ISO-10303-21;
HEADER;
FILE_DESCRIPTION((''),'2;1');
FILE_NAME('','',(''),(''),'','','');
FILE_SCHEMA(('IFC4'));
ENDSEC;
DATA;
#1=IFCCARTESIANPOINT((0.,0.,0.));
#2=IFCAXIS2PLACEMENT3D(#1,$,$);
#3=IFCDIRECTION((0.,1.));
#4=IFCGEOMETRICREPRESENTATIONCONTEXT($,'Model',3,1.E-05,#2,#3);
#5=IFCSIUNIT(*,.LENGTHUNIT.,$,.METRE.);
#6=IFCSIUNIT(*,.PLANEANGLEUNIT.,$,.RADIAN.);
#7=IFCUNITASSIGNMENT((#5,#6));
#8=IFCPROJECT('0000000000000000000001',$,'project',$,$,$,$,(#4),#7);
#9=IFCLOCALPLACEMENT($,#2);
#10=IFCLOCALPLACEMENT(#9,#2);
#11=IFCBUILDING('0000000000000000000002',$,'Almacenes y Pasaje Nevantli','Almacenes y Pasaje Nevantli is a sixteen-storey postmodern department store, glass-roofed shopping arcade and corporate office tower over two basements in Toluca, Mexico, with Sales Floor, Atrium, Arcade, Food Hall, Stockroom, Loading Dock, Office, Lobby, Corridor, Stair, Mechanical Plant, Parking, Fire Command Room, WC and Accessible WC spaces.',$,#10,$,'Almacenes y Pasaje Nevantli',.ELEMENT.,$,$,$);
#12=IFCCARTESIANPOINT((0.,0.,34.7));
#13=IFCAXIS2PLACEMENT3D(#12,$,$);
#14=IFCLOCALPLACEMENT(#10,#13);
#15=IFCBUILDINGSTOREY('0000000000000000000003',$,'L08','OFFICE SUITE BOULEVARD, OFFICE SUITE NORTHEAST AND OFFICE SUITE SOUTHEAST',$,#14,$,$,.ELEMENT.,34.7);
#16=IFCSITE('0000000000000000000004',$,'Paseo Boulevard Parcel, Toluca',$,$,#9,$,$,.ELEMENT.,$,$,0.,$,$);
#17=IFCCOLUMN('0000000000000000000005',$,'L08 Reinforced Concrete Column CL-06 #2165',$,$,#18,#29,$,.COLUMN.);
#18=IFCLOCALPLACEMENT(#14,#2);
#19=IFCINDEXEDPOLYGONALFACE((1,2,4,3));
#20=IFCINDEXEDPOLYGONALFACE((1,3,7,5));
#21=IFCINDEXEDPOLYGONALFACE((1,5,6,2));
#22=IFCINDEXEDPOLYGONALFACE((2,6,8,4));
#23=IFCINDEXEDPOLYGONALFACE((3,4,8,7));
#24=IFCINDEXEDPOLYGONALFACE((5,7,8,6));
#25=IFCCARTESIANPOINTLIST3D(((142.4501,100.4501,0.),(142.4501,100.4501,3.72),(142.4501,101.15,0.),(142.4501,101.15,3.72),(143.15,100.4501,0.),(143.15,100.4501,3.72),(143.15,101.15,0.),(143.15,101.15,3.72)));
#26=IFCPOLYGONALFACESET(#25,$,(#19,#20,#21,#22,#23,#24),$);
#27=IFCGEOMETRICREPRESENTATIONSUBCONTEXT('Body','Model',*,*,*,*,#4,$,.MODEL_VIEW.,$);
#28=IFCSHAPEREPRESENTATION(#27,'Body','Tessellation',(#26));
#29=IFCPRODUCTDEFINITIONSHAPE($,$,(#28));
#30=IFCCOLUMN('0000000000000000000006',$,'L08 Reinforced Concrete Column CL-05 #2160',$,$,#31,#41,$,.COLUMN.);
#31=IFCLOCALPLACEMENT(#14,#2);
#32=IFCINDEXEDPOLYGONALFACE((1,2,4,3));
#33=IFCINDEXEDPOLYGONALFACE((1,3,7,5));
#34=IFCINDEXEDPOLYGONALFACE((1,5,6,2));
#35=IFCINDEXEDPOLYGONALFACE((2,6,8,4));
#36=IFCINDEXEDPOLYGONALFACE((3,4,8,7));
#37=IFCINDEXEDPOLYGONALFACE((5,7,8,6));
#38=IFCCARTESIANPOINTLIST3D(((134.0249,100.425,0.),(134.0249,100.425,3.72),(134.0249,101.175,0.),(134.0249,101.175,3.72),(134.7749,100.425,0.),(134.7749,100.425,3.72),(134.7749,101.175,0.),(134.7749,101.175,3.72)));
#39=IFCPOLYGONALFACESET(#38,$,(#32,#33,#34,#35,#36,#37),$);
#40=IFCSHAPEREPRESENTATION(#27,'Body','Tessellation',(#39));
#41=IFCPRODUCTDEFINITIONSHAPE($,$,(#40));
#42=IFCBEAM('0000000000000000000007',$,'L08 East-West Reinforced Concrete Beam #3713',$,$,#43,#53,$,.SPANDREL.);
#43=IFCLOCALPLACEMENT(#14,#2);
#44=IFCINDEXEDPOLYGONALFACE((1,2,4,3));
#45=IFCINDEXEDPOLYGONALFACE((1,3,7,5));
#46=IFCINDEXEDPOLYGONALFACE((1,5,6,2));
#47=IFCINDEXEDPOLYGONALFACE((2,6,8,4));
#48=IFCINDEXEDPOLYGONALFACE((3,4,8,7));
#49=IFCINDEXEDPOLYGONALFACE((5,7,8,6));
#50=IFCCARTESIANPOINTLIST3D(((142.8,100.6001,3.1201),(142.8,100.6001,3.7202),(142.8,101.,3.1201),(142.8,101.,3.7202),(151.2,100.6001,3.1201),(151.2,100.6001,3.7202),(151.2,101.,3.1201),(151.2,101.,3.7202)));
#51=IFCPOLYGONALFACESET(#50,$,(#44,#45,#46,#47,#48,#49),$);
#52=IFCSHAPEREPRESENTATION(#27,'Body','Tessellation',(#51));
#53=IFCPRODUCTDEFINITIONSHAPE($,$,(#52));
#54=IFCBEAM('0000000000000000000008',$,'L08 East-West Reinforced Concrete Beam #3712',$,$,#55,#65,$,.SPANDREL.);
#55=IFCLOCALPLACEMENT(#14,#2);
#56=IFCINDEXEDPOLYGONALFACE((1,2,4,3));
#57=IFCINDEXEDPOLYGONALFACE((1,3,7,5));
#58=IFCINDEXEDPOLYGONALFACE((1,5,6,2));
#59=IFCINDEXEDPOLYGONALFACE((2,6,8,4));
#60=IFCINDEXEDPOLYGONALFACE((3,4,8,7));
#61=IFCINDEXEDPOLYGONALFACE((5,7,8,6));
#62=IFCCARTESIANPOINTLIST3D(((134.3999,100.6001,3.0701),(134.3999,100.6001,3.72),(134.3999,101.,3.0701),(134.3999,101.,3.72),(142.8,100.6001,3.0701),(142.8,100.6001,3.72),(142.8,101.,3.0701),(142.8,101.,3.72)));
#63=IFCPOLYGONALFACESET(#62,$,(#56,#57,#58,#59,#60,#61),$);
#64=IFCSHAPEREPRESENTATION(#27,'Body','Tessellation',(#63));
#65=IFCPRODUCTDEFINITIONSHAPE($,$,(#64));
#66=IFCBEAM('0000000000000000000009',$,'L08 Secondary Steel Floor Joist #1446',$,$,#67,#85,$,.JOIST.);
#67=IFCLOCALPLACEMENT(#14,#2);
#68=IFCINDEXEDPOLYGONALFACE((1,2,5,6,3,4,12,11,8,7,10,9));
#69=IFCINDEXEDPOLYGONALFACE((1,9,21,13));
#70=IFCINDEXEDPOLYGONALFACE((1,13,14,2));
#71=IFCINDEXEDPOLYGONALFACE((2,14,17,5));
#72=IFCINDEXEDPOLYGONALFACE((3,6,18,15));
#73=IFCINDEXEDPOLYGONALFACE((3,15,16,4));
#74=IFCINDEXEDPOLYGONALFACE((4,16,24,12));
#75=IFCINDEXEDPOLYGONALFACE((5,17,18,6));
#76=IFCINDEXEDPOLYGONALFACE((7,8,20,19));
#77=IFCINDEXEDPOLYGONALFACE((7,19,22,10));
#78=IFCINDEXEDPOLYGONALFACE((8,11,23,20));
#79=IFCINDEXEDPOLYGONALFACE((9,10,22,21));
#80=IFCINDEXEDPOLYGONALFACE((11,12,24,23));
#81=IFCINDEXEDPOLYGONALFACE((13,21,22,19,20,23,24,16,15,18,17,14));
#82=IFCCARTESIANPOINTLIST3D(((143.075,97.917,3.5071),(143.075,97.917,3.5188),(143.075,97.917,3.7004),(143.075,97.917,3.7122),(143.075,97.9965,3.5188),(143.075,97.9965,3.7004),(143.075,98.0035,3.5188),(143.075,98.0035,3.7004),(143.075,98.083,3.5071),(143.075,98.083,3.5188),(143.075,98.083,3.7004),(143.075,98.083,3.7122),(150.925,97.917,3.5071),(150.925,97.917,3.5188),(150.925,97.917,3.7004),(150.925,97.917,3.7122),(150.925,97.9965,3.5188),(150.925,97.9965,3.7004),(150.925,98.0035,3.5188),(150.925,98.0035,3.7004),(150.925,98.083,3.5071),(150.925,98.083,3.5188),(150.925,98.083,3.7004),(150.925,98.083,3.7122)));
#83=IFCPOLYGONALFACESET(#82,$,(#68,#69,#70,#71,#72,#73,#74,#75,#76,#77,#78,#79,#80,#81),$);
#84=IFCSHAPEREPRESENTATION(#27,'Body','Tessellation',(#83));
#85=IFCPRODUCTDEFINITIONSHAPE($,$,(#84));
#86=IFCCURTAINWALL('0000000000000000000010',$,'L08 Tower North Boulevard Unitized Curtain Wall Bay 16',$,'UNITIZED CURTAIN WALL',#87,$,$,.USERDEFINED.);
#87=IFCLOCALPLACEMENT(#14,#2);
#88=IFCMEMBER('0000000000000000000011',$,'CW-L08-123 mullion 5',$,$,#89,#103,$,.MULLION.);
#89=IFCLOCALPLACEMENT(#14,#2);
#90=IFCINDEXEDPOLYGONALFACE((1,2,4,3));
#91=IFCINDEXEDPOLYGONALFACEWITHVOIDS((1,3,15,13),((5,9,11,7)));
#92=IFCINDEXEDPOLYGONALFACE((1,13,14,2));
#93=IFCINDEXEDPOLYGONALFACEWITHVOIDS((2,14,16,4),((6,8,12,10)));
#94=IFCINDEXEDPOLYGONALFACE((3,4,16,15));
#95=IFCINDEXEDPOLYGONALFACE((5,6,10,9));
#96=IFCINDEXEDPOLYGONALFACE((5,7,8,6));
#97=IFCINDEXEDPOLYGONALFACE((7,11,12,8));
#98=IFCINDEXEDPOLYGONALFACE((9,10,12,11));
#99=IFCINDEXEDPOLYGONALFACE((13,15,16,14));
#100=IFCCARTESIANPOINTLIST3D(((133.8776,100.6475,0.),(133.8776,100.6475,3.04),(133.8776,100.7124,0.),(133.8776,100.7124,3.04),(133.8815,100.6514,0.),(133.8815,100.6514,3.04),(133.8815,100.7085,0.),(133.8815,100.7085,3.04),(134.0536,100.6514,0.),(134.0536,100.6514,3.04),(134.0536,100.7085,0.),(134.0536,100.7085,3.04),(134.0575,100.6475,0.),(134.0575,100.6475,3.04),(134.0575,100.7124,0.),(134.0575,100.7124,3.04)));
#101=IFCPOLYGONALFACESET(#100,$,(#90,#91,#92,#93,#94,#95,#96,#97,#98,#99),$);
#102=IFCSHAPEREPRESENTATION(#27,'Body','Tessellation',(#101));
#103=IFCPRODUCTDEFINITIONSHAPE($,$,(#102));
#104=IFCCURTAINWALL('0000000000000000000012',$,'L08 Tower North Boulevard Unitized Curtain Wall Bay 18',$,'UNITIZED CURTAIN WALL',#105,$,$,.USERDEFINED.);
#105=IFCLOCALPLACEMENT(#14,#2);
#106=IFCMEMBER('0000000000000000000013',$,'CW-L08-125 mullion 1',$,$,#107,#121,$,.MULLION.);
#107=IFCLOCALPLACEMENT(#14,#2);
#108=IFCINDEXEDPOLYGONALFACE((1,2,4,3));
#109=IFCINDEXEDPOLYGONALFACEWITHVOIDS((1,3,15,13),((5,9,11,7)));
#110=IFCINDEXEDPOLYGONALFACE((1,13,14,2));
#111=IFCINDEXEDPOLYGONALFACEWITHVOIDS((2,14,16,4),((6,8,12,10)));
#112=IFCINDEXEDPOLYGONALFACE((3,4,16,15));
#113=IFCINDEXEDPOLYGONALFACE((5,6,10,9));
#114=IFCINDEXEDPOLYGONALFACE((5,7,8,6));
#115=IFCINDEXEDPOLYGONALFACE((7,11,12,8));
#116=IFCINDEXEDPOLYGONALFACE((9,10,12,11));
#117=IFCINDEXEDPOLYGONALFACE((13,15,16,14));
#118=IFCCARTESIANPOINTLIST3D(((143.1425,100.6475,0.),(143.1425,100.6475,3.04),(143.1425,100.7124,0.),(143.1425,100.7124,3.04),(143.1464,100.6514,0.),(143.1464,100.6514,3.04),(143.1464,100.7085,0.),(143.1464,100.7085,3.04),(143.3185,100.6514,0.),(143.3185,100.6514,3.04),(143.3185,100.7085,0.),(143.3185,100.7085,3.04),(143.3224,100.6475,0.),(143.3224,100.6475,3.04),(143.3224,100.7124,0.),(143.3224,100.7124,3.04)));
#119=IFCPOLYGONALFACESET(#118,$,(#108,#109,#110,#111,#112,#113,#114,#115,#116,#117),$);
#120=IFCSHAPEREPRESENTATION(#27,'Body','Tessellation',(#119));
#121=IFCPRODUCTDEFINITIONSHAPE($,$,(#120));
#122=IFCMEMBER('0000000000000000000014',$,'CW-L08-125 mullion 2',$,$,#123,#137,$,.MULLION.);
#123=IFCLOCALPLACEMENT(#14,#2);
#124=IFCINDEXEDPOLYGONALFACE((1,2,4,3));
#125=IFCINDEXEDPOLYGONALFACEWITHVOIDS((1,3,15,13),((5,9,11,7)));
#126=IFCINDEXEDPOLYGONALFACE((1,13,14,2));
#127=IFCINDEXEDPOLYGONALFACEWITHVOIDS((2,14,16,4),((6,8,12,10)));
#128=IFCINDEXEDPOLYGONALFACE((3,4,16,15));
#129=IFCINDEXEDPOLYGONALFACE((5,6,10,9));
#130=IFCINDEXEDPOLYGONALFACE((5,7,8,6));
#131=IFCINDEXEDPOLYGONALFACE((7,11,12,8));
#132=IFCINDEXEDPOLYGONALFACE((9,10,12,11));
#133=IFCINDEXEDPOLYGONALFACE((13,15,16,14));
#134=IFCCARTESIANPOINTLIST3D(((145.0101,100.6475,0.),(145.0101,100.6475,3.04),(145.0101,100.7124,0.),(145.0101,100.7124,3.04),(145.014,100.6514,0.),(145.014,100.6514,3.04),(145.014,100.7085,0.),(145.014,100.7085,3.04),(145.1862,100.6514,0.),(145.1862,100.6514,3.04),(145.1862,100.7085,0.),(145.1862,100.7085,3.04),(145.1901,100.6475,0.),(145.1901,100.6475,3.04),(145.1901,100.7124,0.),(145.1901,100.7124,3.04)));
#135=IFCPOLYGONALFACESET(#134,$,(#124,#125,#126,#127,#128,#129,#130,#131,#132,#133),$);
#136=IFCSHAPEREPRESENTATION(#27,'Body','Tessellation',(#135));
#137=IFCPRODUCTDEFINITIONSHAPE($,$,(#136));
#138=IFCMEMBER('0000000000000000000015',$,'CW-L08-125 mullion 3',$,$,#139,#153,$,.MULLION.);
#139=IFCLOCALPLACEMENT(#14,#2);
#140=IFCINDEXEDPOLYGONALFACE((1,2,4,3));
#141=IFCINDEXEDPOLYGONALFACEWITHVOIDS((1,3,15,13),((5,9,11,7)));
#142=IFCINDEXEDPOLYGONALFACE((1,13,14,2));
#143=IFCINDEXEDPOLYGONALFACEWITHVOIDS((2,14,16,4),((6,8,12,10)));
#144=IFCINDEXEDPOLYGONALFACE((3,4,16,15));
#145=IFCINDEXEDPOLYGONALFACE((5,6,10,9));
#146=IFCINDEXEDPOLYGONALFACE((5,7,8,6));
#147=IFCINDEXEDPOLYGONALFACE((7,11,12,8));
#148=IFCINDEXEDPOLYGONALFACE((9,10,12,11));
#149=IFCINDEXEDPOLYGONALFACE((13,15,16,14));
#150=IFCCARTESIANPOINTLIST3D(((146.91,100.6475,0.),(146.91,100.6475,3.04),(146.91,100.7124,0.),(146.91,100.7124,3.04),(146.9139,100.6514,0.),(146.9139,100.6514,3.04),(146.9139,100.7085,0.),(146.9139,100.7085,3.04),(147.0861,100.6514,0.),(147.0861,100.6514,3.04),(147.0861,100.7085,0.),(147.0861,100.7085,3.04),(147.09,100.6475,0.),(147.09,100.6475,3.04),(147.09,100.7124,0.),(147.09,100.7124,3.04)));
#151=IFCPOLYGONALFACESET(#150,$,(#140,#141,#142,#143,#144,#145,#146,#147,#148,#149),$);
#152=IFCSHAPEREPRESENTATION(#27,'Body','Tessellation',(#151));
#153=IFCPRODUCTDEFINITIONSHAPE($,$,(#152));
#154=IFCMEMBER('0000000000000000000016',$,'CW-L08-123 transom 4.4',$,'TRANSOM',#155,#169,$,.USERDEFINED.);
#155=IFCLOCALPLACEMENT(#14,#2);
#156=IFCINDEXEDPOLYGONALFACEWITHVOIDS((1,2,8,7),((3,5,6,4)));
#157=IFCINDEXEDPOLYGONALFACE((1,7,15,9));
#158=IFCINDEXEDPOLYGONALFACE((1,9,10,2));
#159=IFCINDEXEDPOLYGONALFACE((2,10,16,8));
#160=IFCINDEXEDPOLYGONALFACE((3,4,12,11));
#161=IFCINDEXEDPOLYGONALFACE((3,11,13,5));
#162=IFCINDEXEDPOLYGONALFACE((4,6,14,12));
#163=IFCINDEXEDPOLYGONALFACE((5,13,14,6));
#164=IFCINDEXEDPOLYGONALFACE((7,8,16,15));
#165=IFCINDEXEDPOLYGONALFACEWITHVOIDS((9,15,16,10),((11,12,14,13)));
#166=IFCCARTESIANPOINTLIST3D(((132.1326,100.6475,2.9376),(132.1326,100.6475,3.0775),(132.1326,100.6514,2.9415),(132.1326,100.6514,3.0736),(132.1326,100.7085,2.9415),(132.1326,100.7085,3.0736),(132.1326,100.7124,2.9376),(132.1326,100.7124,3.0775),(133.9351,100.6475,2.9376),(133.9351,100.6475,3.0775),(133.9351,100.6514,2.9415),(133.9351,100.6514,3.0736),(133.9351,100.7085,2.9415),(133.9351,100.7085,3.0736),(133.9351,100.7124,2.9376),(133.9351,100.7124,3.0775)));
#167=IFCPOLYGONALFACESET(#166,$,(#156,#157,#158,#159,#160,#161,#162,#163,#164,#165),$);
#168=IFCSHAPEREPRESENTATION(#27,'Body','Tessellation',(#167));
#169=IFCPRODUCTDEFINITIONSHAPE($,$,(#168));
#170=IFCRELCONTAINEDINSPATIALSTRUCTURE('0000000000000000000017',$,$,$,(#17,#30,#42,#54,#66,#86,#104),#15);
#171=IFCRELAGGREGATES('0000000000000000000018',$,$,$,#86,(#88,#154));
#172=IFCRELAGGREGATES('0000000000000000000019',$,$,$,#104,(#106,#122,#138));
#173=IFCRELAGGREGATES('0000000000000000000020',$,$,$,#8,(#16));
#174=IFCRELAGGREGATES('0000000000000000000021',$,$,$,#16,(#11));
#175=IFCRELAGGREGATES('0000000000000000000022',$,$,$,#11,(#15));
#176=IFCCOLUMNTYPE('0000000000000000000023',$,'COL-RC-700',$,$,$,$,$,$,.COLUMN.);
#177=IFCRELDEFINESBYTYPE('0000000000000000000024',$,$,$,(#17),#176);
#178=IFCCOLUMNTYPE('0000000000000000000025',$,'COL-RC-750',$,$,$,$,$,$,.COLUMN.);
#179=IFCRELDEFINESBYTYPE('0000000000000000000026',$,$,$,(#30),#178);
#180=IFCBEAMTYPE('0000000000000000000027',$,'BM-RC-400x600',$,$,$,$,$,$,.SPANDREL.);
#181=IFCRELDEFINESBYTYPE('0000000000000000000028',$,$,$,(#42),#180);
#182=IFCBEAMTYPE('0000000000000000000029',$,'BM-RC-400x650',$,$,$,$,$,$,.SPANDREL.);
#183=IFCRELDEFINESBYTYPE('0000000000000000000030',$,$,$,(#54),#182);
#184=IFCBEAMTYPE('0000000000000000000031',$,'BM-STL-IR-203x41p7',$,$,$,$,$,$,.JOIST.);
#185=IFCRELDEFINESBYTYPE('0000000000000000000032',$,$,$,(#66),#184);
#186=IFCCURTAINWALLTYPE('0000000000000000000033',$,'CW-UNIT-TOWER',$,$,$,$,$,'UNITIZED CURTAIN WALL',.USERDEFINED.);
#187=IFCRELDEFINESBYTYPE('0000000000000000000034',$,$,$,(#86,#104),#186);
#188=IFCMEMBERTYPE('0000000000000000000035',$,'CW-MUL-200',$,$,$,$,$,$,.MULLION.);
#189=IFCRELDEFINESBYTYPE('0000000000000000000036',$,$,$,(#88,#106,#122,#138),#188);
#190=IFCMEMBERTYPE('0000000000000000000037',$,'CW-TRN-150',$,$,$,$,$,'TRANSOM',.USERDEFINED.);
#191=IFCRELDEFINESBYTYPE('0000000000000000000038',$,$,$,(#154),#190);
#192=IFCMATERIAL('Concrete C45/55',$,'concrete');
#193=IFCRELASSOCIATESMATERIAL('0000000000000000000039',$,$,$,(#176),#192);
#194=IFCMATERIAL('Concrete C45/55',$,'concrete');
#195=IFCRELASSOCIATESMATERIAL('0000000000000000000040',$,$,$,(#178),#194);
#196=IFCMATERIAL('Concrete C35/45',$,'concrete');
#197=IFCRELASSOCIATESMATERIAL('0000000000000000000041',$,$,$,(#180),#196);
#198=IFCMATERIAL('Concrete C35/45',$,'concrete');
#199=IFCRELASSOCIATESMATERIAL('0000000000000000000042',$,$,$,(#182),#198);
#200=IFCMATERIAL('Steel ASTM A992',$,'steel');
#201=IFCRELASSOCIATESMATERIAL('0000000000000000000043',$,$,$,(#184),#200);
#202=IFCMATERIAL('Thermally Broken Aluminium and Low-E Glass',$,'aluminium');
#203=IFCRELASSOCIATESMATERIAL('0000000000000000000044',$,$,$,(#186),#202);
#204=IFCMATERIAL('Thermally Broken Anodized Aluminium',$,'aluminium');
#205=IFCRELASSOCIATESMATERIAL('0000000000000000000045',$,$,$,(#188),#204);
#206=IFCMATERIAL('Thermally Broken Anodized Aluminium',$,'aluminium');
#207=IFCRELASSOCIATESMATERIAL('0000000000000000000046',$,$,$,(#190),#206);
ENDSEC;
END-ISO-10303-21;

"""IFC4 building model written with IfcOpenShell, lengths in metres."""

from ifc_helpers import new_model, si_unit, direction, frame, origin, origin_2d, place, context, subcontext, project, spatial, rectangle, hollow_rectangle, i_section, extrude, material, material_profile, profile_set, type_object, element, aggregate, save


model = new_model("IFC4")

# Units and contexts
model_context = context("Model", 3, precision=1e-05, world=origin(), true_north=direction((0.0, 1.0)))
body_context = subcontext(model_context, "Body", "Model", "MODEL_VIEW")
ifc_project = project(units=[si_unit("LENGTHUNIT", "METRE"), si_unit("PLANEANGLEUNIT", "RADIAN")], contexts=[model_context])

# Site, building, storey
site_placement = place(None, origin())
site = spatial("IfcSite", under=ifc_project, at=site_placement, Name="Paseo Boulevard Parcel, Toluca", CompositionType="ELEMENT", RefElevation=0.0)
building_placement = place(site_placement, origin())
building = spatial("IfcBuilding", under=site, at=building_placement, Name="Almacenes y Pasaje Nevantli", Description="Almacenes y Pasaje Nevantli is a sixteen-storey postmodern department store, glass-roofed shopping arcade and corporate office tower over two basements in Toluca, Mexico, with Sales Floor, Atrium, Arcade, Food Hall, Stockroom, Loading Dock, Office, Lobby, Corridor, Stair, Mechanical Plant, Parking, Fire Command Room, WC and Accessible WC spaces.", LongName="Almacenes y Pasaje Nevantli", CompositionType="ELEMENT")
storey_placement = place(building_placement, frame((0.0, 0.0, 34.7)))
storey = spatial("IfcBuildingStorey", under=building, at=storey_placement, Name="L08", Description="OFFICE SUITE BOULEVARD, OFFICE SUITE NORTHEAST AND OFFICE SUITE SOUTHEAST", CompositionType="ELEMENT", Elevation=34.7)

# Columns
ifc_material_1 = material(Name="Concrete C45/55", Category="concrete")
ifc_material_profile_1 = material_profile(ifc_material_1, rectangle(XDim=0.7, YDim=0.7, at=origin_2d()), Name="RC-COL-700x700")
ifc_profile_set_1 = profile_set([ifc_material_profile_1], Name="Concrete C45/55")
column_type_1 = type_object("IfcColumnType", Name="COL-RC-700", PredefinedType="COLUMN", material=ifc_profile_set_1)
column_1_placement = place(storey_placement, frame((142.8, 100.8, 0.0), z_axis=(0.0, 0.0, 1.0), x_axis=(1.0, 0.0, 0.0)))
element("IfcColumn", 1, at=column_1_placement, inside=storey, type_object=column_type_1, Name="L08 Reinforced Concrete Column CL-06 #2165", PredefinedType="COLUMN", context=body_context, shape_type="SweptSolid", body=[
    extrude(rectangle(XDim=0.7, YDim=0.7, at=origin_2d()), origin(), (0.0, 0.0, 1.0), 3.72),
])
ifc_material_2 = material(Name="Concrete C45/55", Category="concrete")
ifc_material_profile_2 = material_profile(ifc_material_2, rectangle(XDim=0.75, YDim=0.75, at=origin_2d()), Name="RC-COL-750x750")
ifc_profile_set_2 = profile_set([ifc_material_profile_2], Name="Concrete C45/55")
column_type_2 = type_object("IfcColumnType", Name="COL-RC-750", PredefinedType="COLUMN", material=ifc_profile_set_2)
column_2_placement = place(storey_placement, frame((134.3999, 100.8, 0.0), z_axis=(0.0, 0.0, 1.0), x_axis=(1.0, 0.0, 0.0)))
element("IfcColumn", 2, at=column_2_placement, inside=storey, type_object=column_type_2, Name="L08 Reinforced Concrete Column CL-05 #2160", PredefinedType="COLUMN", context=body_context, shape_type="SweptSolid", body=[
    extrude(rectangle(XDim=0.75, YDim=0.75, at=origin_2d()), origin(), (0.0, 0.0, 1.0), 3.72),
])

# Beams
ifc_material_3 = material(Name="Concrete C35/45", Category="concrete")
ifc_material_profile_3 = material_profile(ifc_material_3, rectangle(XDim=0.3999, YDim=0.6001, at=origin_2d()), Name="RC-BM-400x600")
ifc_profile_set_3 = profile_set([ifc_material_profile_3], Name="Concrete C35/45")
beam_type_1 = type_object("IfcBeamType", Name="BM-RC-400x600", PredefinedType="SPANDREL", material=ifc_profile_set_3)
beam_1_placement = place(storey_placement, frame((142.8, 100.8, 3.4202), z_axis=(1.0, 0.0, 0.0), x_axis=(0.0, 1.0, 0.0)))
element("IfcBeam", 3, at=beam_1_placement, inside=storey, type_object=beam_type_1, Name="L08 East-West Reinforced Concrete Beam #3713", PredefinedType="SPANDREL", context=body_context, shape_type="SweptSolid", body=[
    extrude(rectangle(XDim=0.3999, YDim=0.6001, at=origin_2d()), origin(), (0.0, 0.0, 1.0), 8.3999),
])
ifc_material_4 = material(Name="Concrete C35/45", Category="concrete")
ifc_material_profile_4 = material_profile(ifc_material_4, rectangle(XDim=0.3999, YDim=0.6499, at=origin_2d()), Name="RC-BM-400x650")
ifc_profile_set_4 = profile_set([ifc_material_profile_4], Name="Concrete C35/45")
beam_type_2 = type_object("IfcBeamType", Name="BM-RC-400x650", PredefinedType="SPANDREL", material=ifc_profile_set_4)
beam_2_placement = place(storey_placement, frame((134.3999, 100.8, 3.395), z_axis=(1.0, 0.0, 0.0), x_axis=(0.0, 1.0, 0.0)))
element("IfcBeam", 4, at=beam_2_placement, inside=storey, type_object=beam_type_2, Name="L08 East-West Reinforced Concrete Beam #3712", PredefinedType="SPANDREL", context=body_context, shape_type="SweptSolid", body=[
    extrude(rectangle(XDim=0.3999, YDim=0.6499, at=origin_2d()), origin(), (0.0, 0.0, 1.0), 8.4001),
])
ifc_material_5 = material(Name="Steel ASTM A992", Category="steel")
ifc_material_profile_5 = material_profile(ifc_material_5, i_section(OverallWidth=0.166, OverallDepth=0.2051, WebThickness=0.0071, FlangeThickness=0.0117, at=origin_2d()), Name="IR 203x41.7")
ifc_profile_set_5 = profile_set([ifc_material_profile_5], Name="Steel ASTM A992")
beam_type_3 = type_object("IfcBeamType", Name="BM-STL-IR-203x41p7", PredefinedType="JOIST", material=ifc_profile_set_5)
beam_3_placement = place(storey_placement, frame((143.075, 98.0, 3.6096), z_axis=(1.0, 0.0, 0.0), x_axis=(0.0, 1.0, 0.0)))
element("IfcBeam", 5, at=beam_3_placement, inside=storey, type_object=beam_type_3, Name="L08 Secondary Steel Floor Joist #1446", PredefinedType="JOIST", context=body_context, shape_type="SweptSolid", body=[
    extrude(i_section(OverallWidth=0.166, OverallDepth=0.2051, WebThickness=0.0071, FlangeThickness=0.0117, at=origin_2d()), origin(), (0.0, 0.0, 1.0), 7.8501),
])

# Curtain wall, member
ifc_material_6 = material(Name="Thermally Broken Aluminium and Low-E Glass", Category="aluminium")
curtain_wall_type = type_object("IfcCurtainWallType", Name="CW-UNIT-TOWER", ElementType="UNITIZED CURTAIN WALL", PredefinedType="USERDEFINED", material=ifc_material_6)
curtain_wall_1_placement = place(storey_placement, origin())
curtain_wall_1 = element("IfcCurtainWall", 6, at=curtain_wall_1_placement, inside=storey, type_object=curtain_wall_type, Name="L08 Tower North Boulevard Unitized Curtain Wall Bay 16", ObjectType="UNITIZED CURTAIN WALL", PredefinedType="USERDEFINED")
ifc_material_7 = material(Name="Thermally Broken Anodized Aluminium", Category="aluminium")
ifc_material_profile_6 = material_profile(ifc_material_7, hollow_rectangle(XDim=0.0649, YDim=0.1799, WallThickness=0.0039, at=origin_2d()), Name="ALU-MUL-65x180")
ifc_profile_set_6 = profile_set([ifc_material_profile_6], Name="Thermally Broken Anodized Aluminium")
member_type_1 = type_object("IfcMemberType", Name="CW-MUL-200", PredefinedType="MULLION", material=ifc_profile_set_6)
member_1_placement = place(storey_placement, frame((133.9675, 100.6799, 0.0), z_axis=(0.0, 0.0, 1.0), x_axis=(0.0, 1.0, 0.0)))
member_1 = element("IfcMember", 7, at=member_1_placement, type_object=member_type_1, Name="CW-L08-123 mullion 5", PredefinedType="MULLION", context=body_context, shape_type="SweptSolid", body=[
    extrude(hollow_rectangle(XDim=0.0649, YDim=0.1799, WallThickness=0.0039, at=origin_2d()), origin(), (0.0, 0.0, 1.0), 3.04),
])

# Curtain wall, members
curtain_wall_2_placement = place(storey_placement, origin())
curtain_wall_2 = element("IfcCurtainWall", 8, at=curtain_wall_2_placement, inside=storey, type_object=curtain_wall_type, Name="L08 Tower North Boulevard Unitized Curtain Wall Bay 18", ObjectType="UNITIZED CURTAIN WALL", PredefinedType="USERDEFINED")
member_2_placement = place(storey_placement, frame((143.2324, 100.6799, 0.0), z_axis=(0.0, 0.0, 1.0), x_axis=(0.0, 1.0, 0.0)))
member_2 = element("IfcMember", 9, at=member_2_placement, type_object=member_type_1, Name="CW-L08-125 mullion 1", PredefinedType="MULLION", context=body_context, shape_type="SweptSolid", body=[
    extrude(hollow_rectangle(XDim=0.0649, YDim=0.1799, WallThickness=0.0039, at=origin_2d()), origin(), (0.0, 0.0, 1.0), 3.04),
])
member_3_placement = place(storey_placement, frame((145.1001, 100.6799, 0.0), z_axis=(0.0, 0.0, 1.0), x_axis=(0.0, 1.0, 0.0)))
member_3 = element("IfcMember", 10, at=member_3_placement, type_object=member_type_1, Name="CW-L08-125 mullion 2", PredefinedType="MULLION", context=body_context, shape_type="SweptSolid", body=[
    extrude(hollow_rectangle(XDim=0.0649, YDim=0.1799, WallThickness=0.0039, at=origin_2d()), origin(), (0.0, 0.0, 1.0), 3.04),
])
member_4_placement = place(storey_placement, frame((147.0, 100.6799, 0.0), z_axis=(0.0, 0.0, 1.0), x_axis=(0.0, 1.0, 0.0)))
member_4 = element("IfcMember", 11, at=member_4_placement, type_object=member_type_1, Name="CW-L08-125 mullion 3", PredefinedType="MULLION", context=body_context, shape_type="SweptSolid", body=[
    extrude(hollow_rectangle(XDim=0.0649, YDim=0.1799, WallThickness=0.0039, at=origin_2d()), origin(), (0.0, 0.0, 1.0), 3.04),
])

# Member
ifc_material_8 = material(Name="Thermally Broken Anodized Aluminium", Category="aluminium")
ifc_material_profile_7 = material_profile(ifc_material_8, hollow_rectangle(XDim=0.0649, YDim=0.1399, WallThickness=0.0039, at=origin_2d()), Name="ALU-TRN-65x140")
ifc_profile_set_7 = profile_set([ifc_material_profile_7], Name="Thermally Broken Anodized Aluminium")
member_type_2 = type_object("IfcMemberType", Name="CW-TRN-150", ElementType="TRANSOM", PredefinedType="USERDEFINED", material=ifc_profile_set_7)
member_5_placement = place(storey_placement, frame((132.1326, 100.6799, 3.0076), z_axis=(1.0, 0.0, 0.0), x_axis=(0.0, 1.0, 0.0)))
member_5 = element("IfcMember", 12, at=member_5_placement, type_object=member_type_2, Name="CW-L08-123 transom 4.4", ObjectType="TRANSOM", PredefinedType="USERDEFINED", context=body_context, shape_type="SweptSolid", body=[
    extrude(hollow_rectangle(XDim=0.0649, YDim=0.1399, WallThickness=0.0039, at=origin_2d()), origin(), (0.0, 0.0, 1.0), 1.8025),
])

aggregate(curtain_wall_1, [member_1, member_5])
aggregate(curtain_wall_2, [member_2, member_3, member_4])

save(model, "model.ifc")
